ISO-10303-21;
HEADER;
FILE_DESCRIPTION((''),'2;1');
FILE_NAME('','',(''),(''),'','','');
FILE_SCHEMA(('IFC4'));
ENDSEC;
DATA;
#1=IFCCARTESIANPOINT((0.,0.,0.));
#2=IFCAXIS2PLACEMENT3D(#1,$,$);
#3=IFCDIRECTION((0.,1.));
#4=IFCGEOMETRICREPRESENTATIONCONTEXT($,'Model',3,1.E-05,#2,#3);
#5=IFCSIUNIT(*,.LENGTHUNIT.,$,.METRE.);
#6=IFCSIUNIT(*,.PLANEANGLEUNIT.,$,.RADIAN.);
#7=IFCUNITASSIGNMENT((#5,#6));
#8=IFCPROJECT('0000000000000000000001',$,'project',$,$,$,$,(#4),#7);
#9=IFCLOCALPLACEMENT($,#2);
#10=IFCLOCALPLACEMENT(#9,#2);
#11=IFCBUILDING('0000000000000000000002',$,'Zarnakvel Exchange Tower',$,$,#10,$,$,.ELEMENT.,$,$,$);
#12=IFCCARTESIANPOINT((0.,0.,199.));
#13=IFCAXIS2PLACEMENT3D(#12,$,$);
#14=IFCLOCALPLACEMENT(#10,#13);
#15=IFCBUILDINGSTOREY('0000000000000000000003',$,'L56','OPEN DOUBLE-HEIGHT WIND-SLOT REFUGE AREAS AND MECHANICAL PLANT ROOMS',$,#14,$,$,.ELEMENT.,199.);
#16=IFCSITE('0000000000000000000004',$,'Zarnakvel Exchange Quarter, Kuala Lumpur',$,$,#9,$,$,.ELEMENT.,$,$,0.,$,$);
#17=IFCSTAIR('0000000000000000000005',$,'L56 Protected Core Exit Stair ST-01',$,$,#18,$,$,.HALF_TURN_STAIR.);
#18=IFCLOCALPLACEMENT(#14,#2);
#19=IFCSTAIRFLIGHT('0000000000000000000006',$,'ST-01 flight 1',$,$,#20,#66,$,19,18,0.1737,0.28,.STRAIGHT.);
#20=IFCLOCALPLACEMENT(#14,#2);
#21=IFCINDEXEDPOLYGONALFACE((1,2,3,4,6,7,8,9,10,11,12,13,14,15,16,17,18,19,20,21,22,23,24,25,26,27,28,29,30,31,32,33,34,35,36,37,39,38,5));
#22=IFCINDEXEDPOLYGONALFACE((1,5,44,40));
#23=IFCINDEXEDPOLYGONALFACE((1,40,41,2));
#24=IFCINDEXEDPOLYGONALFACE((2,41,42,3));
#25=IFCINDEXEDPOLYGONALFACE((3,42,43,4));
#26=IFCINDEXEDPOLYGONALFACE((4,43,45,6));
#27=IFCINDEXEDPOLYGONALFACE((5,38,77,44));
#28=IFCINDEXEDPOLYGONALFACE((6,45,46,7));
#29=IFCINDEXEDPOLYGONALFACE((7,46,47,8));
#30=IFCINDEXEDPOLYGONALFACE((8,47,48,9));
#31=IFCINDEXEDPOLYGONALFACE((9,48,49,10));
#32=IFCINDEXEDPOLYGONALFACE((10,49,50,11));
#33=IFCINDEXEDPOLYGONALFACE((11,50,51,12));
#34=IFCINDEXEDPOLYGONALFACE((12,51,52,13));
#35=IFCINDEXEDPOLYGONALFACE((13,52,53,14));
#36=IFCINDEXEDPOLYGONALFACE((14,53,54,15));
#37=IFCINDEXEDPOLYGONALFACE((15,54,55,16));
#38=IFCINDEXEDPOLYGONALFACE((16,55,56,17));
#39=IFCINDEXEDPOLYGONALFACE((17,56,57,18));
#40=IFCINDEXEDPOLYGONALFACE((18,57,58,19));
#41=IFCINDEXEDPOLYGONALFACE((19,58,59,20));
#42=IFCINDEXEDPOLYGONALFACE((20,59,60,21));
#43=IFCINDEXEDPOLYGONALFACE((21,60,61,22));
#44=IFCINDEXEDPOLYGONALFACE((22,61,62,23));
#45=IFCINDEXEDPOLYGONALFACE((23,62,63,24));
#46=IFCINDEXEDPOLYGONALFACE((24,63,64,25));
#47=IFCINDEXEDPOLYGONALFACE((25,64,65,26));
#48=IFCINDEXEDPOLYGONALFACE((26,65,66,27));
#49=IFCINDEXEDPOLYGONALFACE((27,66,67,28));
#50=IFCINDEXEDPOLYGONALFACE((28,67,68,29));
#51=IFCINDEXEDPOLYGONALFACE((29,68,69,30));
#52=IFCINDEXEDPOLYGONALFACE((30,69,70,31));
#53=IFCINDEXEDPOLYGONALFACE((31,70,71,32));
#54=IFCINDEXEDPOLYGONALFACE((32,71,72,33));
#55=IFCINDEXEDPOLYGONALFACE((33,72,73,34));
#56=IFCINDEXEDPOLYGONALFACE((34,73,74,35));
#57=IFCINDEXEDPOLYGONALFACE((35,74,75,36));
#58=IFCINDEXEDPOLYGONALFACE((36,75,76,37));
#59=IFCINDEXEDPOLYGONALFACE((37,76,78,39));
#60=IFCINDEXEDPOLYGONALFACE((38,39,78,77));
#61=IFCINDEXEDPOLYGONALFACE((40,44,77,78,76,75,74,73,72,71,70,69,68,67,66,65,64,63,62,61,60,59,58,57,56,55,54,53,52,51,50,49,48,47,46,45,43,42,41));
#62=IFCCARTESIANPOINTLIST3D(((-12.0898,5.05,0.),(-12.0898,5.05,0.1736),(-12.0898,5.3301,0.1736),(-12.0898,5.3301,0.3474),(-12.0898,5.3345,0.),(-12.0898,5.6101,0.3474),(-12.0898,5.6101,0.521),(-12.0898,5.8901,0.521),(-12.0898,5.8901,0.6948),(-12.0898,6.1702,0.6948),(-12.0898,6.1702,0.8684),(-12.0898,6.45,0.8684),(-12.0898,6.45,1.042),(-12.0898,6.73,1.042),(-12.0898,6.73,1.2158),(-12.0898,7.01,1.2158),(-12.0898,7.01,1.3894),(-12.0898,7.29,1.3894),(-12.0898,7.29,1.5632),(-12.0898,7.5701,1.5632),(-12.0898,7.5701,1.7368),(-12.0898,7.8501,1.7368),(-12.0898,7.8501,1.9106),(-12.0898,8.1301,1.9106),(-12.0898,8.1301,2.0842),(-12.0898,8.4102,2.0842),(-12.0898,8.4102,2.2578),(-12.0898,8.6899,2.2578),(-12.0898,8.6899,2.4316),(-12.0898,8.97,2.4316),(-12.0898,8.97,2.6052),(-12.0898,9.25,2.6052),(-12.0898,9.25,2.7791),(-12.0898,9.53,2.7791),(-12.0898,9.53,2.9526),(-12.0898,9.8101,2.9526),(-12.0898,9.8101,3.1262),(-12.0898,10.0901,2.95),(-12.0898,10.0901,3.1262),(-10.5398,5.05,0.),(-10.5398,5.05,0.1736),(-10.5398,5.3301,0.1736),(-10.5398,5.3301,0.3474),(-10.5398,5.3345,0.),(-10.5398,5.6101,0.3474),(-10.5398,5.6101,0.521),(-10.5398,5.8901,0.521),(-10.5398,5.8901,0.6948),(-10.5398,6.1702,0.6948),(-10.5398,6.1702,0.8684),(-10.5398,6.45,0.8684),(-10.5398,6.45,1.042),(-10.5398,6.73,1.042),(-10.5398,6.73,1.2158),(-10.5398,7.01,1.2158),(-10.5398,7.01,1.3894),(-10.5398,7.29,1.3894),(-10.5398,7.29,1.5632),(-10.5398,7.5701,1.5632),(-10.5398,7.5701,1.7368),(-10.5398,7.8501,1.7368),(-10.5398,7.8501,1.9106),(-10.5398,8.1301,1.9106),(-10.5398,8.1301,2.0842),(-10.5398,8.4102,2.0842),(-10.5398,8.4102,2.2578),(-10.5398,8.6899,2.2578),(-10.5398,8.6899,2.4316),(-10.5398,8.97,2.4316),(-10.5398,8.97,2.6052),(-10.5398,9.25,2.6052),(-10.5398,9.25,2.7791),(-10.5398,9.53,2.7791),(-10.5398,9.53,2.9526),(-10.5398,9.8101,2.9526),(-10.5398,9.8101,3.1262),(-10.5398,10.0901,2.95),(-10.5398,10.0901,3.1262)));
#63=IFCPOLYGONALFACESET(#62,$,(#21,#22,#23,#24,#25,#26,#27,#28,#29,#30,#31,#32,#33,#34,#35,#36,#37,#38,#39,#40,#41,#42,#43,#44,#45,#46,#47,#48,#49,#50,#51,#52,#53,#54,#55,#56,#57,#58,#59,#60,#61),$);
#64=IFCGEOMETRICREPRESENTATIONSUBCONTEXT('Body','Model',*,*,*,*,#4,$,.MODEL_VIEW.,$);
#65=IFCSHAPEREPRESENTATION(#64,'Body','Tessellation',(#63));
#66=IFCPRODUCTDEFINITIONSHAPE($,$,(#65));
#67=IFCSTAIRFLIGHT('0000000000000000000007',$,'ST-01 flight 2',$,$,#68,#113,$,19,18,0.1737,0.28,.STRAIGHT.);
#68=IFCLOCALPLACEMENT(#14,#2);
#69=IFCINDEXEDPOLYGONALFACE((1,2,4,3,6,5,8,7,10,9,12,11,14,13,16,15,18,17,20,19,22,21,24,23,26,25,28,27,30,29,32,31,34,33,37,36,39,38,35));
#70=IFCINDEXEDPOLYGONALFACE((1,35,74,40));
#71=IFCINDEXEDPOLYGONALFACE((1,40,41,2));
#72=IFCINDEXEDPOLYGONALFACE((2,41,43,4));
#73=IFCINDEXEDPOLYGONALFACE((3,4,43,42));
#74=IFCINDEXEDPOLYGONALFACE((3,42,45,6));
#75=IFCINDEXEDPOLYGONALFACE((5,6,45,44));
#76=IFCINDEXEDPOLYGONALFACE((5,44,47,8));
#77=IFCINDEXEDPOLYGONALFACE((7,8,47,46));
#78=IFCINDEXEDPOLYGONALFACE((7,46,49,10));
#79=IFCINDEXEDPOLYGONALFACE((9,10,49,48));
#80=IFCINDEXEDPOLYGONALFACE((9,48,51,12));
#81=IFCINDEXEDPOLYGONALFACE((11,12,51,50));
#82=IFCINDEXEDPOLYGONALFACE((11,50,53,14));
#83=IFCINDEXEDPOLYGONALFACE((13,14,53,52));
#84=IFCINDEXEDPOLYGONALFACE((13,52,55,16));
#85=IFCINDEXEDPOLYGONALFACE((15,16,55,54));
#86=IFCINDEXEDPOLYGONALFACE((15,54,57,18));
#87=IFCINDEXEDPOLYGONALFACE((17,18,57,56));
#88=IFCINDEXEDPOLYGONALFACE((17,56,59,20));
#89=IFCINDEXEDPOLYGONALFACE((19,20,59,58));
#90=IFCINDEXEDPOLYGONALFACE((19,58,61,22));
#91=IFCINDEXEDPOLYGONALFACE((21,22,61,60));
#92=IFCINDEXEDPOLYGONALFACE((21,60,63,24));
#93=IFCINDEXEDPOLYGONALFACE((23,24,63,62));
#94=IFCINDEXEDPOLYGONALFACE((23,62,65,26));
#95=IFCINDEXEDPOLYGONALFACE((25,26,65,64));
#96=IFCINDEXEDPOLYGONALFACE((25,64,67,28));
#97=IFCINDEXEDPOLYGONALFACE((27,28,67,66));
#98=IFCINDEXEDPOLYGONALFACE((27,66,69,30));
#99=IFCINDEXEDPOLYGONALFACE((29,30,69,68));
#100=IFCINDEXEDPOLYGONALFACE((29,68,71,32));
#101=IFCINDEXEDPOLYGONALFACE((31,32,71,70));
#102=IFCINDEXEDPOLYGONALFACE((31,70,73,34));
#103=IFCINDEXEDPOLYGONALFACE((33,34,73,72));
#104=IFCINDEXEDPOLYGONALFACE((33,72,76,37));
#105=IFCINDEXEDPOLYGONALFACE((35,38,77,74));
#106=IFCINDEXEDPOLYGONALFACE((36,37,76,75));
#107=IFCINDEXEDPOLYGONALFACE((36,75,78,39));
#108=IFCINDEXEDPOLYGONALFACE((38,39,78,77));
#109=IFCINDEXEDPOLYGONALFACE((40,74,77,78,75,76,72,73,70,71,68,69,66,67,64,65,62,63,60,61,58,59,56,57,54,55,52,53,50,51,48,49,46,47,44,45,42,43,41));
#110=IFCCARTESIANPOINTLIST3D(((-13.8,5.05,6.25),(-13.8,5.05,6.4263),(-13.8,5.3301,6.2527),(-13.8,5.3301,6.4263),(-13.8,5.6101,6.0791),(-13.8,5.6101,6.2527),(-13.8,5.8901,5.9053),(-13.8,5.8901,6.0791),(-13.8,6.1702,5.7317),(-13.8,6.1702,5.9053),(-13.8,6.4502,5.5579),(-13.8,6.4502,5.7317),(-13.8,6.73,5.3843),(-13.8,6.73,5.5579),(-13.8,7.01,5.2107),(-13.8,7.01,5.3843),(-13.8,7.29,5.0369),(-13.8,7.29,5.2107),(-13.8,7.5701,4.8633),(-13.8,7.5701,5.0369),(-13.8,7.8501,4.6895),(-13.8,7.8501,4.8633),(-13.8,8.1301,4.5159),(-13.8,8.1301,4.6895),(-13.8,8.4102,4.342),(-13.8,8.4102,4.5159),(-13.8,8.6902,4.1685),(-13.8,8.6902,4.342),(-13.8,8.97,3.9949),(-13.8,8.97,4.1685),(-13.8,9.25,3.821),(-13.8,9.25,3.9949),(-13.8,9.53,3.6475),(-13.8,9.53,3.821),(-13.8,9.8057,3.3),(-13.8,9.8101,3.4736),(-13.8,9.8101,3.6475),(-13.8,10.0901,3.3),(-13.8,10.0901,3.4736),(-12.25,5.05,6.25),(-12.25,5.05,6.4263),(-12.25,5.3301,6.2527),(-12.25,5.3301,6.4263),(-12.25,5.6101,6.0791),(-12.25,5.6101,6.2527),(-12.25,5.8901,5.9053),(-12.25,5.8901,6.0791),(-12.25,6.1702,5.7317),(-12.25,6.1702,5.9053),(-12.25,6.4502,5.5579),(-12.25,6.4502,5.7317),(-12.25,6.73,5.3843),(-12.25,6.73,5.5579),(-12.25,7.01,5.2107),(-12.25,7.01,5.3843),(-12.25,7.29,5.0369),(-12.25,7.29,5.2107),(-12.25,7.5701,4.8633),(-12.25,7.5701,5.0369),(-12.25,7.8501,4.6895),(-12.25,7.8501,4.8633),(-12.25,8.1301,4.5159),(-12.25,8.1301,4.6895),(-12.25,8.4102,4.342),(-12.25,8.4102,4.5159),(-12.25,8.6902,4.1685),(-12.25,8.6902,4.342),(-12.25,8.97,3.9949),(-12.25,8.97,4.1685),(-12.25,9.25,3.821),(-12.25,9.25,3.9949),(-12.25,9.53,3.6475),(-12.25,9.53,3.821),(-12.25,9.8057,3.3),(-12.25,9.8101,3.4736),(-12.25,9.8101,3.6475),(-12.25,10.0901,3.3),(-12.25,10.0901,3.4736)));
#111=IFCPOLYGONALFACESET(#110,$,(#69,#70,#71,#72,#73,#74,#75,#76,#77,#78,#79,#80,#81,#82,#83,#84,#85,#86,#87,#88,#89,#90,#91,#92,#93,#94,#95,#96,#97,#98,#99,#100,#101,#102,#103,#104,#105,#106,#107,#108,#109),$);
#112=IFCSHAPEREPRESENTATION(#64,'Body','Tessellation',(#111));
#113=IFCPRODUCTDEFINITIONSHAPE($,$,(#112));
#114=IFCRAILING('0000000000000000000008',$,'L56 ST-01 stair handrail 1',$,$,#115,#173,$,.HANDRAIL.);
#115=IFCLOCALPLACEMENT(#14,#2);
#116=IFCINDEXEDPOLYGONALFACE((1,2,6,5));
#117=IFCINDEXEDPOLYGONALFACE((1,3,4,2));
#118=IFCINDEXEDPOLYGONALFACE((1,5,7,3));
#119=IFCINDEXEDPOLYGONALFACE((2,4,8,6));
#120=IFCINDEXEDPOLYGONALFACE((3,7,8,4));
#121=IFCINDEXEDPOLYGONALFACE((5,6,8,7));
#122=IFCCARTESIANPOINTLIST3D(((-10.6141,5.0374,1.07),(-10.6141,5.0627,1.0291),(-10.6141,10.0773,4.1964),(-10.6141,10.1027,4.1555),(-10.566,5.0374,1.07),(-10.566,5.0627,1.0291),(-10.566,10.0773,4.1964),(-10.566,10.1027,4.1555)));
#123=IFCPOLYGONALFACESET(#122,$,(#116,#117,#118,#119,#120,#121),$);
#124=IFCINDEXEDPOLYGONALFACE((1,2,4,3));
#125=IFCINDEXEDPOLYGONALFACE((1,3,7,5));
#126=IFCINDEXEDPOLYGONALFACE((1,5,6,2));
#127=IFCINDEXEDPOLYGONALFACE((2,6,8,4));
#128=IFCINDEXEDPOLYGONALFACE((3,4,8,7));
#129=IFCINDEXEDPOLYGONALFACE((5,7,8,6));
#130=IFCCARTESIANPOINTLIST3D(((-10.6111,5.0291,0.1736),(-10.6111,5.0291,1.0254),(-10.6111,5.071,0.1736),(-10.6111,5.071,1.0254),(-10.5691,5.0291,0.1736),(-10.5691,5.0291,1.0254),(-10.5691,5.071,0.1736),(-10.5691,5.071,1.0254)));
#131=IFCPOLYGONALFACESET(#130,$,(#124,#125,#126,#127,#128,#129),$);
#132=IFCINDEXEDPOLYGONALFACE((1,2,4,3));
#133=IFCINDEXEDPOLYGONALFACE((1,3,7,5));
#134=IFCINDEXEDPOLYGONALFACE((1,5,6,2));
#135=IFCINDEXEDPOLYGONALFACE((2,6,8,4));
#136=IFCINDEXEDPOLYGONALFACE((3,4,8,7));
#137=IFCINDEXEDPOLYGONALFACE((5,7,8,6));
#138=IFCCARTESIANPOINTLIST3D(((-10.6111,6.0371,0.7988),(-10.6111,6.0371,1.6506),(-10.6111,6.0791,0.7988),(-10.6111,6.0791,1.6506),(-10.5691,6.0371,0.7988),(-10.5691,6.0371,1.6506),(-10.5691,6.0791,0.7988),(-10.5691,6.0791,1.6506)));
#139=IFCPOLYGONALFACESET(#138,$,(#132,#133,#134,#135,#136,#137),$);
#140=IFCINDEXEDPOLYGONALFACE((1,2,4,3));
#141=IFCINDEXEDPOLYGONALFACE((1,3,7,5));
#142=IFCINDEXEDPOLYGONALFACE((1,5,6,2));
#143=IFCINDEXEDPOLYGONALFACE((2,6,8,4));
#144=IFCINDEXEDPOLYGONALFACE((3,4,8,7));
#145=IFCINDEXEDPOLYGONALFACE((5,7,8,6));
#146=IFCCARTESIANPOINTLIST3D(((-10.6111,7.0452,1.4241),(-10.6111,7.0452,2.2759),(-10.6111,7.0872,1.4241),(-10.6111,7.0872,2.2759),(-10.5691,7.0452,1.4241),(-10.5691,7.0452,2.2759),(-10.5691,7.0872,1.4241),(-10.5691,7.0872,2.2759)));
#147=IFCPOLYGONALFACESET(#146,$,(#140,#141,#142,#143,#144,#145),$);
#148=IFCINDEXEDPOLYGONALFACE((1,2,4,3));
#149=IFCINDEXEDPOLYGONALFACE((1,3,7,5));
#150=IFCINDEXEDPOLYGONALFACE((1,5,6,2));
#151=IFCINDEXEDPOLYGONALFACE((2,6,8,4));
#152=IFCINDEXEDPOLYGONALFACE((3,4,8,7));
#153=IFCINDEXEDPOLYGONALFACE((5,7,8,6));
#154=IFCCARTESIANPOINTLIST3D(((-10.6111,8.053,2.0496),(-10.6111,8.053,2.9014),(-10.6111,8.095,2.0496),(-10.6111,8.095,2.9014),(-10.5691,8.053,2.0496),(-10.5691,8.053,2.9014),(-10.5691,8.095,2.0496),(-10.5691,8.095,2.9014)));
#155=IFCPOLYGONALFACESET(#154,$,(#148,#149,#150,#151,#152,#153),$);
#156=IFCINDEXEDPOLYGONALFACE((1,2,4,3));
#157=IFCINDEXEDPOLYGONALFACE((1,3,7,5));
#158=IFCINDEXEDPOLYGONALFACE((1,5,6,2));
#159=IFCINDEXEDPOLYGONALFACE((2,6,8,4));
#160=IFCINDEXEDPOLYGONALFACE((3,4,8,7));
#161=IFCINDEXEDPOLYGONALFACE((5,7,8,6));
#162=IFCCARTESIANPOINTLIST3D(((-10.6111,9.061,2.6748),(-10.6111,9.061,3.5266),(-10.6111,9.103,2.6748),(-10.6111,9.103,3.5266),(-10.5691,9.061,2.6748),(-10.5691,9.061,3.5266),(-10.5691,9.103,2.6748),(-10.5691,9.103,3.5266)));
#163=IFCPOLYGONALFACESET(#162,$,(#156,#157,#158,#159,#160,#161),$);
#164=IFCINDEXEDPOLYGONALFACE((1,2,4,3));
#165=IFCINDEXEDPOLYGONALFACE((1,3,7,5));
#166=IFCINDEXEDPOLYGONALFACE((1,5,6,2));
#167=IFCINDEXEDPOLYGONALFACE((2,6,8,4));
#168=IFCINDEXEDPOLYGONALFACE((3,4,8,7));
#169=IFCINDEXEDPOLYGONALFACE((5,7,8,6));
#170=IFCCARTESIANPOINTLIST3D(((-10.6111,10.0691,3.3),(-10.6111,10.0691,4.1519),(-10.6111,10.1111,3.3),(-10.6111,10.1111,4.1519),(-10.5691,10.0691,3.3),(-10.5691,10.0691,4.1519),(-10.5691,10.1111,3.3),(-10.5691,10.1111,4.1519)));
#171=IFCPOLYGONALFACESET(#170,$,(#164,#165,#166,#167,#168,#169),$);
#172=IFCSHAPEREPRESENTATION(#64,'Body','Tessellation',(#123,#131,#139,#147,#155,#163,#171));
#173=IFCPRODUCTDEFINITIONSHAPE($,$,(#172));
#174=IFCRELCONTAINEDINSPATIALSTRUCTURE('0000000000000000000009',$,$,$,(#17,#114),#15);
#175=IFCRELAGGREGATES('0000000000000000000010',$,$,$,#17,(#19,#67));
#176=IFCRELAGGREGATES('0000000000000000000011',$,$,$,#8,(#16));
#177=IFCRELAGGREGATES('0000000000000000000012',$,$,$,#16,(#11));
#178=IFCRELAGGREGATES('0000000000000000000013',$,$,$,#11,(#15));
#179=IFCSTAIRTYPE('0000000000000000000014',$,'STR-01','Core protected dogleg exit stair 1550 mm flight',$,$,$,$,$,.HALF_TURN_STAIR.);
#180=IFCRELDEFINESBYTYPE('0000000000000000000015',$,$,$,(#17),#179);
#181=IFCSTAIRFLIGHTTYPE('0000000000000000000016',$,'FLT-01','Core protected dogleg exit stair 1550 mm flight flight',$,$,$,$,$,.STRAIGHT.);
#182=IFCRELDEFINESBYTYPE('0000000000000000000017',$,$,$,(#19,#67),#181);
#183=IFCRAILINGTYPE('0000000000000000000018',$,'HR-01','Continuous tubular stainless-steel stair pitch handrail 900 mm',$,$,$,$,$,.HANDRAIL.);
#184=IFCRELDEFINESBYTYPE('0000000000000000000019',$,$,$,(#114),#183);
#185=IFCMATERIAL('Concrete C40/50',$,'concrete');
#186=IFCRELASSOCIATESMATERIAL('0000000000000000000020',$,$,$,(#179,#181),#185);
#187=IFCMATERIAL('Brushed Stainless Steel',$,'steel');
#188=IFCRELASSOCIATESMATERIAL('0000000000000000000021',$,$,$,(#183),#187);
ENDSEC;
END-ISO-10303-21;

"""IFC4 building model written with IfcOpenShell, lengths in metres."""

from ifc_helpers import new_model, si_unit, direction, frame, origin, origin_2d, place, context, subcontext, project, spatial, polyline, rectangle, outline, extrude, material, type_object, element, aggregate, save


model = new_model("IFC4")

# Units and contexts
model_context = context("Model", 3, precision=1e-05, world=origin(), true_north=direction((0.0, 1.0)))
body_context = subcontext(model_context, "Body", "Model", "MODEL_VIEW")
ifc_project = project(units=[si_unit("LENGTHUNIT", "METRE"), si_unit("PLANEANGLEUNIT", "RADIAN")], contexts=[model_context])

# Site, building, storey
site_placement = place(None, origin())
site = spatial("IfcSite", under=ifc_project, at=site_placement, Name="Zarnakvel Exchange Quarter, Kuala Lumpur", CompositionType="ELEMENT", RefElevation=0.0)
building_placement = place(site_placement, origin())
building = spatial("IfcBuilding", under=site, at=building_placement, Name="Zarnakvel Exchange Tower", CompositionType="ELEMENT")
storey_placement = place(building_placement, frame((0.0, 0.0, 199.0)))
storey = spatial("IfcBuildingStorey", under=building, at=storey_placement, Name="L56", Description="OPEN DOUBLE-HEIGHT WIND-SLOT REFUGE AREAS AND MECHANICAL PLANT ROOMS", CompositionType="ELEMENT", Elevation=199.0)

# Shared definitions
ifc_material_1 = material(Name="Concrete C40/50", Category="concrete")

# Stair, stair flights
stair_type = type_object("IfcStairType", Name="STR-01", Description="Core protected dogleg exit stair 1550 mm flight", PredefinedType="HALF_TURN_STAIR", material=ifc_material_1)
stair_placement = place(storey_placement, origin())
stair = element("IfcStair", 1, at=stair_placement, inside=storey, type_object=stair_type, Name="L56 Protected Core Exit Stair ST-01", PredefinedType="HALF_TURN_STAIR")
stair_flight_type = type_object("IfcStairFlightType", Name="FLT-01", Description="Core protected dogleg exit stair 1550 mm flight flight", PredefinedType="STRAIGHT", material=ifc_material_1)
stair_flight_1_placement = place(storey_placement, frame((-11.3149, 5.05, 0.0), z_axis=(0.0, 0.0, 1.0), x_axis=(0.0, 1.0, 0.0)))
stair_flight_1 = element("IfcStairFlight", 2, at=stair_flight_1_placement, type_object=stair_flight_type, Name="ST-01 flight 1", NumberOfRisers=19, NumberOfTreads=18, PredefinedType="STRAIGHT", RiserHeight=0.1737, TreadLength=0.28, context=body_context, shape_type="SweptSolid", body=[
    extrude(outline(polyline([(0.0, 0.0), (0.0, 0.1736), (0.28, 0.1736), (0.28, 0.3474), (0.5601, 0.3474), (0.5601, 0.521), (0.8401, 0.521), (0.8401, 0.6948), (1.1201, 0.6948), (1.1201, 0.8684), (1.3999, 0.8684), (1.3999, 1.042), (1.6799, 1.042), (1.6799, 1.2158), (1.96, 1.2158), (1.96, 1.3894), (2.24, 1.3894), (2.24, 1.5632), (2.52, 1.5632), (2.52, 1.7368), (2.8, 1.7368), (2.8, 1.9106), (3.0801, 1.9106), (3.0801, 2.0842), (3.3601, 2.0842), (3.3601, 2.2578), (3.6399, 2.2578), (3.6399, 2.4316), (3.9199, 2.4316), (3.9199, 2.6052), (4.2, 2.6052), (4.2, 2.7791), (4.48, 2.7791), (4.48, 2.9526), (4.76, 2.9526), (4.76, 3.1262), (5.04, 3.1262), (5.04, 3.3), (5.04, 2.95), (0.2844, 0.0), (0.0, 0.0)])), frame((0.0, 0.7749, 0.0), z_axis=(0.0, -1.0, 0.0), x_axis=(1.0, 0.0, 0.0)), (0.0, 0.0, 1.0), 1.55),
])
stair_flight_2_placement = place(storey_placement, frame((-13.0249, 10.0901, 3.3), z_axis=(0.0, 0.0, 1.0), x_axis=(0.0, -1.0, 0.0)))
stair_flight_2 = element("IfcStairFlight", 3, at=stair_flight_2_placement, type_object=stair_flight_type, Name="ST-01 flight 2", NumberOfRisers=19, NumberOfTreads=18, PredefinedType="STRAIGHT", RiserHeight=0.1737, TreadLength=0.28, context=body_context, shape_type="SweptSolid", body=[
    extrude(outline(polyline([(0.0, 0.0), (0.0, 0.1736), (0.28, 0.1736), (0.28, 0.3474), (0.5601, 0.3474), (0.5601, 0.521), (0.8401, 0.521), (0.8401, 0.6948), (1.1201, 0.6948), (1.1201, 0.8684), (1.3999, 0.8684), (1.3999, 1.042), (1.6799, 1.042), (1.6799, 1.2158), (1.96, 1.2158), (1.96, 1.3894), (2.24, 1.3894), (2.24, 1.5632), (2.52, 1.5632), (2.52, 1.7368), (2.8, 1.7368), (2.8, 1.9106), (3.0801, 1.9106), (3.0801, 2.0842), (3.3601, 2.0842), (3.3601, 2.2578), (3.6399, 2.2578), (3.6399, 2.4316), (3.9199, 2.4316), (3.9199, 2.6052), (4.2, 2.6052), (4.2, 2.7791), (4.48, 2.7791), (4.48, 2.9526), (4.76, 2.9526), (4.76, 3.1262), (5.04, 3.1262), (5.04, 3.3), (5.04, 2.95), (0.2844, 0.0), (0.0, 0.0)])), frame((0.0, 0.7749, 0.0), z_axis=(0.0, -1.0, 0.0), x_axis=(1.0, 0.0, 0.0)), (0.0, 0.0, 1.0), 1.55),
])
aggregate(stair, [stair_flight_1, stair_flight_2])

# Railing
ifc_material_2 = material(Name="Brushed Stainless Steel", Category="steel")
railing_type_1 = type_object("IfcRailingType", Name="HR-01", Description="Continuous tubular stainless-steel stair pitch handrail 900 mm", PredefinedType="HANDRAIL", material=ifc_material_2)
railing_1_placement = place(storey_placement, frame((-10.5901, 5.05, 0.1736)))
element("IfcRailing", 4, at=railing_1_placement, inside=storey, type_object=railing_type_1, Name="L56 ST-01 stair handrail 1", PredefinedType="HANDRAIL", context=body_context, shape_type="SweptSolid", body=[
    extrude(rectangle(XDim=0.0481, YDim=0.0481, at=origin_2d()), frame((0.0, 0.0, 0.876), z_axis=(0.0, 0.849779, 0.527139), x_axis=(-1.0, 0.0, 0.0)), (0.0, 0.0, 1.0), 5.9309),
    extrude(rectangle(XDim=0.042, YDim=0.042, at=origin_2d()), origin(), (0.0, 0.0, 1.0), 0.8518),
    extrude(rectangle(XDim=0.042, YDim=0.042, at=origin_2d()), frame((0.0, 1.0081, 0.6252)), (0.0, 0.0, 1.0), 0.8518),
    extrude(rectangle(XDim=0.042, YDim=0.042, at=origin_2d()), frame((0.0, 2.0161, 1.2505)), (0.0, 0.0, 1.0), 0.8518),
    extrude(rectangle(XDim=0.042, YDim=0.042, at=origin_2d()), frame((0.0, 3.0239, 1.876)), (0.0, 0.0, 1.0), 0.8518),
    extrude(rectangle(XDim=0.042, YDim=0.042, at=origin_2d()), frame((0.0, 4.032, 2.5012)), (0.0, 0.0, 1.0), 0.8518),
    extrude(rectangle(XDim=0.042, YDim=0.042, at=origin_2d()), frame((0.0, 5.04, 3.1265)), (0.0, 0.0, 1.0), 0.8518),
])

save(model, "model.ifc")
